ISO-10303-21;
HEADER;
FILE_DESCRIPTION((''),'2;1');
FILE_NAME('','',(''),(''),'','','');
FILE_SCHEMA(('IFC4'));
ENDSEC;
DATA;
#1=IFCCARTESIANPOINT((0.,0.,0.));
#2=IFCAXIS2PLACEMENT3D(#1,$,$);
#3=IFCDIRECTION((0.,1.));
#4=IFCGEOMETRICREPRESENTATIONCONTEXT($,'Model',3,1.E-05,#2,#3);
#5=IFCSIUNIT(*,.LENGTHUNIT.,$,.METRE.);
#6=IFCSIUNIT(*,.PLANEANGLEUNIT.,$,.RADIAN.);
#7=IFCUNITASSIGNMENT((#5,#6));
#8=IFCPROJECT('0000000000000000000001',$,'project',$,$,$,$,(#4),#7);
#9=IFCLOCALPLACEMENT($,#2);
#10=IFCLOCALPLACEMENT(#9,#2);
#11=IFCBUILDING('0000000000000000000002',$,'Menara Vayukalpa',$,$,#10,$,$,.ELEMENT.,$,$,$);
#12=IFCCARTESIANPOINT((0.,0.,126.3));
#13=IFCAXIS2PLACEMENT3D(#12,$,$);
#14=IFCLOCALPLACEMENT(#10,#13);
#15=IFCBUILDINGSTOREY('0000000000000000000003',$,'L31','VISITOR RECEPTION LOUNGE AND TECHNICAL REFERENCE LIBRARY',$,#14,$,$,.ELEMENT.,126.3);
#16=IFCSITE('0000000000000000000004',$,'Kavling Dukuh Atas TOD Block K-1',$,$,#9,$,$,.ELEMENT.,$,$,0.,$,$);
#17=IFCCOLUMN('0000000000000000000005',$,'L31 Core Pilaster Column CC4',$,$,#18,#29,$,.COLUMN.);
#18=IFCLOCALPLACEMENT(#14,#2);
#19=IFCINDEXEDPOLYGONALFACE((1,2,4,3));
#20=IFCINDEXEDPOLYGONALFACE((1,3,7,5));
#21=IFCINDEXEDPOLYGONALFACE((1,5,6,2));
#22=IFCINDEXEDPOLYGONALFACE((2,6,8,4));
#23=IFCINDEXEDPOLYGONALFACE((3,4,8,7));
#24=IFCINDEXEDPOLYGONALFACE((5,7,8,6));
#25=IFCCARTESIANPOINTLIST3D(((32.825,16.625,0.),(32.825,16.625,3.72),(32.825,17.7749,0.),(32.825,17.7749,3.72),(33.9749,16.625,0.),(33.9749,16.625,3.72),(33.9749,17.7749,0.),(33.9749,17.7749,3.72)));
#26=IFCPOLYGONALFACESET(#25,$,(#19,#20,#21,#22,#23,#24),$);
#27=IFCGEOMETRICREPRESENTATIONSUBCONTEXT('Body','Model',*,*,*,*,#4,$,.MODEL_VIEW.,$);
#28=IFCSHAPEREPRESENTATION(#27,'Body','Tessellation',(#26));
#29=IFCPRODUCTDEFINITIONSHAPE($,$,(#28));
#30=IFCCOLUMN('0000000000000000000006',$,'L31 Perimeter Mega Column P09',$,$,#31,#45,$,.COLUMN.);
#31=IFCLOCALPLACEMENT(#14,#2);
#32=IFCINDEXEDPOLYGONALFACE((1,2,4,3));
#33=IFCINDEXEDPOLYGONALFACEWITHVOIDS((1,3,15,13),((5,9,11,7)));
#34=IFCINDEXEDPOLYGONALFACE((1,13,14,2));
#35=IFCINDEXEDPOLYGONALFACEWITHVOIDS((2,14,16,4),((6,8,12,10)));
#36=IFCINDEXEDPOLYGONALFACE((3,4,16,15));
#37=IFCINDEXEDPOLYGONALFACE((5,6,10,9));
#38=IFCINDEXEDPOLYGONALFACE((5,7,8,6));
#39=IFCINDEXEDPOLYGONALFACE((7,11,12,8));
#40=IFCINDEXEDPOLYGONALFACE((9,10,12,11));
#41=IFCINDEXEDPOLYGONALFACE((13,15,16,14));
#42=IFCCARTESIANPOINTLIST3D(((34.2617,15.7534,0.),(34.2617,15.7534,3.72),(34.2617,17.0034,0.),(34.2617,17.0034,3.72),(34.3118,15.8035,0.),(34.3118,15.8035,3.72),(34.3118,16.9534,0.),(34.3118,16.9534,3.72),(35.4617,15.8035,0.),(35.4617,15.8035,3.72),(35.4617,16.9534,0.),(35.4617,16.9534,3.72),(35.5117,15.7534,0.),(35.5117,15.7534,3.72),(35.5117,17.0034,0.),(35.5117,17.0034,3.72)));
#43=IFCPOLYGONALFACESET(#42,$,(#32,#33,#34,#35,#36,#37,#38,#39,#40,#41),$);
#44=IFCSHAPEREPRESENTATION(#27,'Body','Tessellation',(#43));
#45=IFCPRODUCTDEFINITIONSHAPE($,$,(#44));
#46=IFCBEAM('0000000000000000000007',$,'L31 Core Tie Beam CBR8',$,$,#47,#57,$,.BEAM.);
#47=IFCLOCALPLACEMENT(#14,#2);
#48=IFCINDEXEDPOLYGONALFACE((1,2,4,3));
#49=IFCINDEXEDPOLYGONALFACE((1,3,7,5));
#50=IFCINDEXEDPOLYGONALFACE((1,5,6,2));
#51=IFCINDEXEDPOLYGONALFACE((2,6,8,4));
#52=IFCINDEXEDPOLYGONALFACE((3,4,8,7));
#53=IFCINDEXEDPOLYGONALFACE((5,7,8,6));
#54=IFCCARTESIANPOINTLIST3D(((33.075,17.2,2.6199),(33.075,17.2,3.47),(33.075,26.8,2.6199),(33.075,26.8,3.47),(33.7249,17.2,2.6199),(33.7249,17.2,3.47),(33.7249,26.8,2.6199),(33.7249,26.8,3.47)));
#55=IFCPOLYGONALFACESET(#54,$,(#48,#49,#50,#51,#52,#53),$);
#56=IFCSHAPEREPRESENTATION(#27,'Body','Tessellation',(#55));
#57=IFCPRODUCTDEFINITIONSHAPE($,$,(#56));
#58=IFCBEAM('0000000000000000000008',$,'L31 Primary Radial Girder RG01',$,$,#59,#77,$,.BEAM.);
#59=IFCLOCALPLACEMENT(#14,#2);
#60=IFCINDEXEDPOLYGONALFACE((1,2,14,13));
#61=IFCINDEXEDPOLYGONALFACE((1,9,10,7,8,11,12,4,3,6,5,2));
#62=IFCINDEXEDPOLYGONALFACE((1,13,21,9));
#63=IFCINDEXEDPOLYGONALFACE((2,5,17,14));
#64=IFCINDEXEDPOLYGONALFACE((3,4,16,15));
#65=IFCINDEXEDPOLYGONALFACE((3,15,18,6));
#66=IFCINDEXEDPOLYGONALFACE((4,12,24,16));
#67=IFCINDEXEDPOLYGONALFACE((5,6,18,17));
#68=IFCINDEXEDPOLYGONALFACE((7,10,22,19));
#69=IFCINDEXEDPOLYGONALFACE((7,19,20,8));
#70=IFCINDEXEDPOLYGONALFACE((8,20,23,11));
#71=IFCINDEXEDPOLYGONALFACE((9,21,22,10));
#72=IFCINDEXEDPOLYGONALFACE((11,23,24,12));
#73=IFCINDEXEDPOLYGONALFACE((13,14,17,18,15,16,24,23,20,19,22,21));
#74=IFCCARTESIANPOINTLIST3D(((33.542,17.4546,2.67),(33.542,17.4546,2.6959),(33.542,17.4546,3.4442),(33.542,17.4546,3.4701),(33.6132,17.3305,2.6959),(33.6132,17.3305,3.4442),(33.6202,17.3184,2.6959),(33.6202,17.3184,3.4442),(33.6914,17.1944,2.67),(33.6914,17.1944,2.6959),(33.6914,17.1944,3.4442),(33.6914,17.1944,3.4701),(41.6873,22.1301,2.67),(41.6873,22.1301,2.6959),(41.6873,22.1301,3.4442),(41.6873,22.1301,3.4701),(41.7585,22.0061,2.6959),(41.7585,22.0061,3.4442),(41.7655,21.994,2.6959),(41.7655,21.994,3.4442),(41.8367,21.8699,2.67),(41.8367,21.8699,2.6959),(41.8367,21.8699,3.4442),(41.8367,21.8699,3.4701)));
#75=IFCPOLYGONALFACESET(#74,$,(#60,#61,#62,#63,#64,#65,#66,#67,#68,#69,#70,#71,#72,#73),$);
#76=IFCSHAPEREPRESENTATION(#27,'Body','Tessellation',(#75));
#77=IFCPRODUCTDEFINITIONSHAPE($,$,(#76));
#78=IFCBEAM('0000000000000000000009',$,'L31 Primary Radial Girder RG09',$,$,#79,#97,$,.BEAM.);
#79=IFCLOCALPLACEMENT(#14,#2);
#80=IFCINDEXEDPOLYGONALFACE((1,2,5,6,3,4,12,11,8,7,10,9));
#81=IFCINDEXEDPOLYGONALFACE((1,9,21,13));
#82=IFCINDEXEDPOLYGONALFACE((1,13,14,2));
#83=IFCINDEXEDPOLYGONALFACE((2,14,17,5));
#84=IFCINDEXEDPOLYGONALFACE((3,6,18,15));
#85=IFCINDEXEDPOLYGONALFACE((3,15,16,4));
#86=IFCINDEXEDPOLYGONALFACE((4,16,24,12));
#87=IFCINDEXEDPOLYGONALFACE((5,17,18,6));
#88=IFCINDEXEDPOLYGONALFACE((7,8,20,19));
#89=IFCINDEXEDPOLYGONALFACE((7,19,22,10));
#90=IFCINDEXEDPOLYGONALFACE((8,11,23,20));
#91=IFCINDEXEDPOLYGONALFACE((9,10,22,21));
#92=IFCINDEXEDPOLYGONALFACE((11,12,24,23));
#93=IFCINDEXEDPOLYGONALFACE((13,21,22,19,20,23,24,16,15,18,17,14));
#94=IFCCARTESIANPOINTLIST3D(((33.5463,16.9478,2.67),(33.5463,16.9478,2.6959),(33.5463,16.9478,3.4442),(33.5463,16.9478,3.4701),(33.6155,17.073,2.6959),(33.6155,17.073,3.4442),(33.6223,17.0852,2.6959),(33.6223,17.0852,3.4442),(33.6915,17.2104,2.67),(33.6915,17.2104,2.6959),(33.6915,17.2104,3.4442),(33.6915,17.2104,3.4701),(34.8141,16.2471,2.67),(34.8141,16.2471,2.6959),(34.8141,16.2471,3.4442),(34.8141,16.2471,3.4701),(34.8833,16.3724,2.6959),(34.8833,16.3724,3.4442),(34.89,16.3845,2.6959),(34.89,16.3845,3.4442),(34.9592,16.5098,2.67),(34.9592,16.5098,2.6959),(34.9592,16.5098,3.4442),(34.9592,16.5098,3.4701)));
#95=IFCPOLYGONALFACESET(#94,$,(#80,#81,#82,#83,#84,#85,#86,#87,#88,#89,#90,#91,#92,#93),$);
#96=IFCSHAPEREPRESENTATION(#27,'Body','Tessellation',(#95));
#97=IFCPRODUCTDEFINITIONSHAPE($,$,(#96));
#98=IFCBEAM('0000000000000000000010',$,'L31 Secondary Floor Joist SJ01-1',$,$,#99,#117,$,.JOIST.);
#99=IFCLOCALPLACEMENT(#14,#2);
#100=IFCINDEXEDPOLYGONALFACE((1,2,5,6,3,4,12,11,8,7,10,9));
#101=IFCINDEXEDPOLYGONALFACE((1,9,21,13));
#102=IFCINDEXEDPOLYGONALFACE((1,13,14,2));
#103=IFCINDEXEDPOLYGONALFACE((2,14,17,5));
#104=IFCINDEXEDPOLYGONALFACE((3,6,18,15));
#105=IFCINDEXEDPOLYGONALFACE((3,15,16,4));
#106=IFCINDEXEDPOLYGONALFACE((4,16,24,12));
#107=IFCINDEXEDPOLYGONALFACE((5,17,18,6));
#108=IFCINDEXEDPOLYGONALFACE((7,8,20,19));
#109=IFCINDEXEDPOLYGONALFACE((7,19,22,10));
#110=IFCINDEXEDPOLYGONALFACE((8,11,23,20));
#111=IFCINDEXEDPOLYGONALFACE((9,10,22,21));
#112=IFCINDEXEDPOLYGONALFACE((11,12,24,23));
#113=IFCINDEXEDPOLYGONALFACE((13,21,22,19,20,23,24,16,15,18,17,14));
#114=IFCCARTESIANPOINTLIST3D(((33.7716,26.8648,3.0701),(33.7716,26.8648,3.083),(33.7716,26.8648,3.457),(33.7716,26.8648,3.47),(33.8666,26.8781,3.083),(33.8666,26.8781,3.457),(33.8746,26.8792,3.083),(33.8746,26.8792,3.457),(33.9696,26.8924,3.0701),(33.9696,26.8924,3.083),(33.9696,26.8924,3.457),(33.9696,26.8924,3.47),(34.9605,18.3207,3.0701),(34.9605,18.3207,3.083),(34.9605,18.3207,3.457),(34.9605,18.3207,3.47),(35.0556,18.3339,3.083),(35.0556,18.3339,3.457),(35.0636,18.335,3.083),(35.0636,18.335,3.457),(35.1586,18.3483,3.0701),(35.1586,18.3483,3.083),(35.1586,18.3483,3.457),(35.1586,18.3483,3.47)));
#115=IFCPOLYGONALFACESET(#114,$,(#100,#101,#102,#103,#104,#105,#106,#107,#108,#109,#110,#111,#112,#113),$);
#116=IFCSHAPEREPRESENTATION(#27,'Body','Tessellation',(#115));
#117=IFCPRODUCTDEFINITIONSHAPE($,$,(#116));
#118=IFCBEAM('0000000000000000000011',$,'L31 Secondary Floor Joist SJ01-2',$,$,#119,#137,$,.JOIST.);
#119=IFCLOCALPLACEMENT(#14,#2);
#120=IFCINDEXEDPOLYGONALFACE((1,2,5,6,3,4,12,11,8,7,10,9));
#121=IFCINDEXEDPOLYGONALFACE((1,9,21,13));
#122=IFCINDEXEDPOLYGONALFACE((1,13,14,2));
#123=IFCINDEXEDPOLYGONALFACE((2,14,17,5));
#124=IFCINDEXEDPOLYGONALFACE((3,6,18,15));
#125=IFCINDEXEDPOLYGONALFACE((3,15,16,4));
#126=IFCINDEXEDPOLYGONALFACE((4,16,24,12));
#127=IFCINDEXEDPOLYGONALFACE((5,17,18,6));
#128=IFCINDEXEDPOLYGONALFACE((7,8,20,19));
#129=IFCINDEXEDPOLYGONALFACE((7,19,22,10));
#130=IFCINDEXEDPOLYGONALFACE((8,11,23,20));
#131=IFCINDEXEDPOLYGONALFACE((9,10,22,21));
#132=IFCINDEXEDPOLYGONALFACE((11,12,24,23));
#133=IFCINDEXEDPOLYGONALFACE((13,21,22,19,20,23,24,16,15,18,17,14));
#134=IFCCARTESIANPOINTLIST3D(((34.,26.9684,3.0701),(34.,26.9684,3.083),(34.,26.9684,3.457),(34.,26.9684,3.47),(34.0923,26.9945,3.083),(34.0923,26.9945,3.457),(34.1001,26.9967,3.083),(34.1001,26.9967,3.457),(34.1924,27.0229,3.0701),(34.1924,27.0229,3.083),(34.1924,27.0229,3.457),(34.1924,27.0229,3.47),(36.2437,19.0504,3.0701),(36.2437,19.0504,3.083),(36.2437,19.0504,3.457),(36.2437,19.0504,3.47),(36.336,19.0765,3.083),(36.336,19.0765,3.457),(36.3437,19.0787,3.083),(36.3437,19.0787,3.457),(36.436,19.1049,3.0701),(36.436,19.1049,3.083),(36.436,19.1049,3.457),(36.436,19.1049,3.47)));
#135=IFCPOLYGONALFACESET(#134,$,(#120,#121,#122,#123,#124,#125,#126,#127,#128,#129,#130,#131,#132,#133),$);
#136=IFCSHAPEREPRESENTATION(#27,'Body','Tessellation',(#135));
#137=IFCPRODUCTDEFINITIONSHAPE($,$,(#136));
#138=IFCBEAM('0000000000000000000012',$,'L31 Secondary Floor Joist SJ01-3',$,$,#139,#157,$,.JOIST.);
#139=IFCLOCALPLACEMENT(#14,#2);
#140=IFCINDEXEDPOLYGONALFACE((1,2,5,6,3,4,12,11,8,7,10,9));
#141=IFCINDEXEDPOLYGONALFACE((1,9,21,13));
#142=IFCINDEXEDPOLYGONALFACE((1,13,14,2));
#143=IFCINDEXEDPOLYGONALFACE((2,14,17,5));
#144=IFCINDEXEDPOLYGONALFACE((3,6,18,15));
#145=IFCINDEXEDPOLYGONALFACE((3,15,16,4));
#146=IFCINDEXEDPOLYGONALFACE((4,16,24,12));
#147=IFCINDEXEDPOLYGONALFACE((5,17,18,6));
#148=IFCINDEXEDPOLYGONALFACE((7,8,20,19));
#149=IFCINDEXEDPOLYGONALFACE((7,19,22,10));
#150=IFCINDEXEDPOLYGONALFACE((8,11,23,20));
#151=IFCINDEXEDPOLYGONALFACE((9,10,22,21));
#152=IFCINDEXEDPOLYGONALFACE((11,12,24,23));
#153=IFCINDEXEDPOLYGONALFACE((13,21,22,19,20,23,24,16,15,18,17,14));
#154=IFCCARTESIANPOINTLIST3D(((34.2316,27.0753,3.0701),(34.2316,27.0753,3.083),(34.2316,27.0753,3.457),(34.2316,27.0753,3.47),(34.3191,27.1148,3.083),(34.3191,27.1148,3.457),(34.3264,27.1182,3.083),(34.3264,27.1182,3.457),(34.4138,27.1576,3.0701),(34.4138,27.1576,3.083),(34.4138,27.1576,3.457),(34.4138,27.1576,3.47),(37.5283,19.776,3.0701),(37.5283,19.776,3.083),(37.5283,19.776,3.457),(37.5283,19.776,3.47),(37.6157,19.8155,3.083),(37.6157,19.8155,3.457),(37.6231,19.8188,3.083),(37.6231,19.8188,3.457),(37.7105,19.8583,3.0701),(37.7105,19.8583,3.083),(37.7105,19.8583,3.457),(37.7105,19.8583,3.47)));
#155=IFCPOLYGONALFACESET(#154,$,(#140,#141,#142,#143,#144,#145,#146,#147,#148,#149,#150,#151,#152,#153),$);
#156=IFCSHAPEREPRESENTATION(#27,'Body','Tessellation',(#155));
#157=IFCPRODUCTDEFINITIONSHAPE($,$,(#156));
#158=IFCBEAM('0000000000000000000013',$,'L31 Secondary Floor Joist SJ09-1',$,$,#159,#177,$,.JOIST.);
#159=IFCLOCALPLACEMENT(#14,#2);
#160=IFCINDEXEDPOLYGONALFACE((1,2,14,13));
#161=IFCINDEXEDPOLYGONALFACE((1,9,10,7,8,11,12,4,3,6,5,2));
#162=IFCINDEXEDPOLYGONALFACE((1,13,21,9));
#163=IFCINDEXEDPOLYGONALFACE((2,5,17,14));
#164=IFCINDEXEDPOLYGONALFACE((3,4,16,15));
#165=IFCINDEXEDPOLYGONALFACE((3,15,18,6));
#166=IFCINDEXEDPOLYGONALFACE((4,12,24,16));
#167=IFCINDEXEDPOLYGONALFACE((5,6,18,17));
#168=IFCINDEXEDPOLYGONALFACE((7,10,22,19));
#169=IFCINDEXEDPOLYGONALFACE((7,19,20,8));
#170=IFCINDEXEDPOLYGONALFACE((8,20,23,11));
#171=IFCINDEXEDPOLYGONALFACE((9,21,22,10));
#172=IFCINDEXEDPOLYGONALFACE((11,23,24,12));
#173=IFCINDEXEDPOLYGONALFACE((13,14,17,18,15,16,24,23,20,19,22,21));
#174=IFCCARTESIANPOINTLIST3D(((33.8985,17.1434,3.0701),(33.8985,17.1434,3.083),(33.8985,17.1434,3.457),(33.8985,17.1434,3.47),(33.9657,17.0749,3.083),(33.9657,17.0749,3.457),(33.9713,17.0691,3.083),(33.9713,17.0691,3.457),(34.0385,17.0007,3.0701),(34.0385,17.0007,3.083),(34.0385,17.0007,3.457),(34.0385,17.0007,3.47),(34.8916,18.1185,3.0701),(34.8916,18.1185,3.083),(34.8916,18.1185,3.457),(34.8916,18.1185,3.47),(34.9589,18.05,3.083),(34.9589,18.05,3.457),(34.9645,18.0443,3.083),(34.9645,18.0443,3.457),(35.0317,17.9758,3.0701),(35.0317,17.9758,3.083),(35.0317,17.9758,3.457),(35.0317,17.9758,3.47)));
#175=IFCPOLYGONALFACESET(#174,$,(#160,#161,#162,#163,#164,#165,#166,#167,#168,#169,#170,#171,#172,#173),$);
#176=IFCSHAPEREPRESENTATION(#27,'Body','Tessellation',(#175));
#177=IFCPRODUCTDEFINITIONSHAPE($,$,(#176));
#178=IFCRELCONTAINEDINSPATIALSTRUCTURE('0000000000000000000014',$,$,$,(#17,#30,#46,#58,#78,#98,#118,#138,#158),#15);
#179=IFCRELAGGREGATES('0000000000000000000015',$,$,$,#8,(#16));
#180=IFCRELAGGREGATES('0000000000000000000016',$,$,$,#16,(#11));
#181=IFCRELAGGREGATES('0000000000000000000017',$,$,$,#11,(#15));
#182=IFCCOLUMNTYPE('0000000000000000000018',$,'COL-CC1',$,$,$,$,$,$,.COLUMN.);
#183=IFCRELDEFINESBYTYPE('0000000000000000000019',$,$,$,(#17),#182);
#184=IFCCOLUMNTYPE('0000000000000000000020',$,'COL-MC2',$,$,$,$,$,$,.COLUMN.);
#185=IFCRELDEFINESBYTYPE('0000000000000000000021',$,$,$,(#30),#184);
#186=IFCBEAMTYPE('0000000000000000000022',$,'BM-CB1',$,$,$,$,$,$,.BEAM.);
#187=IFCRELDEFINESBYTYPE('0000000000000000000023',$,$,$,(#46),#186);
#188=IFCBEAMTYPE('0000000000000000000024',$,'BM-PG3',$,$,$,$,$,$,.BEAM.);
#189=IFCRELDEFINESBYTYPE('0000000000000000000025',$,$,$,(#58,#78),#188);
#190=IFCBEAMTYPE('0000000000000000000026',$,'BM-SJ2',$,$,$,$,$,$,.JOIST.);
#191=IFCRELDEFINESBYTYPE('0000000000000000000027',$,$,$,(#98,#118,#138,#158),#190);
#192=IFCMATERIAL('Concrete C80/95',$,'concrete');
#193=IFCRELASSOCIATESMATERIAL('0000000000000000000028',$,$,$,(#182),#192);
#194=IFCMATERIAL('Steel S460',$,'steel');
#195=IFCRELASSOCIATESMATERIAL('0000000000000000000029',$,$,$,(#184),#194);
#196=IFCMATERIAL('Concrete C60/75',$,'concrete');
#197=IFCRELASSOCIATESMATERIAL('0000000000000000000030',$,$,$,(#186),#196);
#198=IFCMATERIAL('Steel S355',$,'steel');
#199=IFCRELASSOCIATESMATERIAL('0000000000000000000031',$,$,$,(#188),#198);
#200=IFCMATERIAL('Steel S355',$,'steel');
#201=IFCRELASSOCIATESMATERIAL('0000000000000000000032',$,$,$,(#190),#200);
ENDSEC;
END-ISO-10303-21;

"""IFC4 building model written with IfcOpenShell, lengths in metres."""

from ifc_helpers import new_model, si_unit, direction, frame, origin, origin_2d, place, context, subcontext, project, spatial, rectangle, hollow_rectangle, i_section, extrude, material, material_profile, profile_set, type_object, element, save


model = new_model("IFC4")

# Units and contexts
model_context = context("Model", 3, precision=1e-05, world=origin(), true_north=direction((0.0, 1.0)))
body_context = subcontext(model_context, "Body", "Model", "MODEL_VIEW")
ifc_project = project(units=[si_unit("LENGTHUNIT", "METRE"), si_unit("PLANEANGLEUNIT", "RADIAN")], contexts=[model_context])

# Site, building, storey
site_placement = place(None, origin())
site = spatial("IfcSite", under=ifc_project, at=site_placement, Name="Kavling Dukuh Atas TOD Block K-1", CompositionType="ELEMENT", RefElevation=0.0)
building_placement = place(site_placement, origin())
building = spatial("IfcBuilding", under=site, at=building_placement, Name="Menara Vayukalpa", CompositionType="ELEMENT")
storey_placement = place(building_placement, frame((0.0, 0.0, 126.3)))
storey = spatial("IfcBuildingStorey", under=building, at=storey_placement, Name="L31", Description="VISITOR RECEPTION LOUNGE AND TECHNICAL REFERENCE LIBRARY", CompositionType="ELEMENT", Elevation=126.3)

# Columns
ifc_material_1 = material(Name="Concrete C80/95", Category="concrete")
ifc_material_profile_1 = material_profile(ifc_material_1, rectangle(XDim=1.1499, YDim=1.1499, at=origin_2d()), Name="RC 1150x1150")
ifc_profile_set_1 = profile_set([ifc_material_profile_1], Name="Concrete C80/95")
column_type_1 = type_object("IfcColumnType", Name="COL-CC1", PredefinedType="COLUMN", material=ifc_profile_set_1)
column_1_placement = place(storey_placement, frame((33.3999, 17.2, 0.0), z_axis=(0.0, 0.0, 1.0), x_axis=(1.0, 0.0, 0.0)))
element("IfcColumn", 1, at=column_1_placement, inside=storey, type_object=column_type_1, Name="L31 Core Pilaster Column CC4", PredefinedType="COLUMN", context=body_context, shape_type="SweptSolid", body=[
    extrude(rectangle(XDim=1.1499, YDim=1.1499, at=origin_2d()), origin(), (0.0, 0.0, 1.0), 3.72),
])
ifc_material_2 = material(Name="Steel S460", Category="steel")
ifc_material_profile_2 = material_profile(ifc_material_2, hollow_rectangle(XDim=1.25, YDim=1.25, WallThickness=0.05, at=origin_2d()), Name="BOX 1250x1250x50")
ifc_profile_set_2 = profile_set([ifc_material_profile_2], Name="Steel S460")
column_type_2 = type_object("IfcColumnType", Name="COL-MC2", PredefinedType="COLUMN", material=ifc_profile_set_2)
column_2_placement = place(storey_placement, frame((34.8867, 16.3784, 0.0), z_axis=(0.0, 0.0, 1.0), x_axis=(1.0, 0.0, 0.0)))
element("IfcColumn", 2, at=column_2_placement, inside=storey, type_object=column_type_2, Name="L31 Perimeter Mega Column P09", PredefinedType="COLUMN", context=body_context, shape_type="SweptSolid", body=[
    extrude(hollow_rectangle(XDim=1.25, YDim=1.25, WallThickness=0.05, at=origin_2d()), origin(), (0.0, 0.0, 1.0), 3.72),
])

# Beams
ifc_material_3 = material(Name="Concrete C60/75", Category="concrete")
ifc_material_profile_3 = material_profile(ifc_material_3, rectangle(XDim=0.6499, YDim=0.8501, at=origin_2d()), Name="RC 650x850")
ifc_profile_set_3 = profile_set([ifc_material_profile_3], Name="Concrete C60/75")
beam_type_1 = type_object("IfcBeamType", Name="BM-CB1", PredefinedType="BEAM", material=ifc_profile_set_3)
beam_1_placement = place(storey_placement, frame((33.3999, 17.2, 3.0449), z_axis=(0.0, 1.0, 0.0), x_axis=(-1.0, 0.0, 0.0)))
element("IfcBeam", 3, at=beam_1_placement, inside=storey, type_object=beam_type_1, Name="L31 Core Tie Beam CBR8", PredefinedType="BEAM", context=body_context, shape_type="SweptSolid", body=[
    extrude(rectangle(XDim=0.6499, YDim=0.8501, at=origin_2d()), origin(), (0.0, 0.0, 1.0), 9.6001),
])
ifc_material_4 = material(Name="Steel S355", Category="steel")
ifc_material_profile_4 = material_profile(ifc_material_4, i_section(OverallWidth=0.3, OverallDepth=0.8, WebThickness=0.0139, FlangeThickness=0.0259, at=origin_2d()), Name="WF 800x300x14x26")
ifc_profile_set_4 = profile_set([ifc_material_profile_4], Name="Steel S355")
beam_type_2 = type_object("IfcBeamType", Name="BM-PG3", PredefinedType="BEAM", material=ifc_profile_set_4)
beam_2_placement = place(storey_placement, frame((33.6167, 17.3245, 3.0701), z_axis=(0.867274, 0.497832, 0.0), x_axis=(-0.497832, 0.867274, 0.0)))
element("IfcBeam", 4, at=beam_2_placement, inside=storey, type_object=beam_type_2, Name="L31 Primary Radial Girder RG01", PredefinedType="BEAM", context=body_context, shape_type="SweptSolid", body=[
    extrude(i_section(OverallWidth=0.3, OverallDepth=0.8, WebThickness=0.0139, FlangeThickness=0.0259, at=origin_2d()), origin(), (0.0, 0.0, 1.0), 9.3918),
])
beam_3_placement = place(storey_placement, frame((33.6189, 17.0791, 3.0701), z_axis=(0.875228, -0.48371, 0.0), x_axis=(0.48371, 0.875228, 0.0)))
element("IfcBeam", 5, at=beam_3_placement, inside=storey, type_object=beam_type_2, Name="L31 Primary Radial Girder RG09", PredefinedType="BEAM", context=body_context, shape_type="SweptSolid", body=[
    extrude(i_section(OverallWidth=0.3, OverallDepth=0.8, WebThickness=0.0139, FlangeThickness=0.0259, at=origin_2d()), origin(), (0.0, 0.0, 1.0), 1.4485),
])
ifc_material_5 = material(Name="Steel S355", Category="steel")
ifc_material_profile_5 = material_profile(ifc_material_5, i_section(OverallWidth=0.2, OverallDepth=0.3999, WebThickness=0.0081, FlangeThickness=0.0129, at=origin_2d()), Name="WF 400x200x8x13")
ifc_profile_set_5 = profile_set([ifc_material_profile_5], Name="Steel S355")
beam_type_3 = type_object("IfcBeamType", Name="BM-SJ2", PredefinedType="JOIST", material=ifc_profile_set_5)
beam_4_placement = place(storey_placement, frame((35.0596, 18.3345, 3.27), z_axis=(-0.137827, 0.990456, 0.0), x_axis=(-0.990456, -0.137827, 0.0)))
element("IfcBeam", 6, at=beam_4_placement, inside=storey, type_object=beam_type_3, Name="L31 Secondary Floor Joist SJ01-1", PredefinedType="JOIST", context=body_context, shape_type="SweptSolid", body=[
    extrude(i_section(OverallWidth=0.2, OverallDepth=0.3999, WebThickness=0.0081, FlangeThickness=0.0129, at=origin_2d()), origin(), (0.0, 0.0, 1.0), 8.6265),
])
beam_5_placement = place(storey_placement, frame((36.3398, 19.0776, 3.27), z_axis=(-0.272628, 0.962119, 0.0), x_axis=(-0.962119, -0.272628, 0.0)))
element("IfcBeam", 7, at=beam_5_placement, inside=storey, type_object=beam_type_3, Name="L31 Secondary Floor Joist SJ01-2", PredefinedType="JOIST", context=body_context, shape_type="SweptSolid", body=[
    extrude(i_section(OverallWidth=0.2, OverallDepth=0.3999, WebThickness=0.0081, FlangeThickness=0.0129, at=origin_2d()), origin(), (0.0, 0.0, 1.0), 8.2297),
])
beam_6_placement = place(storey_placement, frame((37.6194, 19.8171, 3.27), z_axis=(-0.411604, 0.911363, 0.0), x_axis=(-0.911363, -0.411604, 0.0)))
element("IfcBeam", 8, at=beam_6_placement, inside=storey, type_object=beam_type_3, Name="L31 Secondary Floor Joist SJ01-3", PredefinedType="JOIST", context=body_context, shape_type="SweptSolid", body=[
    extrude(i_section(OverallWidth=0.2, OverallDepth=0.3999, WebThickness=0.0081, FlangeThickness=0.0129, at=origin_2d()), origin(), (0.0, 0.0, 1.0), 8.0093),
])
beam_7_placement = place(storey_placement, frame((33.9685, 17.072, 3.27), z_axis=(0.713567, 0.700587, 0.0), x_axis=(-0.700587, 0.713567, 0.0)))
element("IfcBeam", 9, at=beam_7_placement, inside=storey, type_object=beam_type_3, Name="L31 Secondary Floor Joist SJ09-1", PredefinedType="JOIST", context=body_context, shape_type="SweptSolid", body=[
    extrude(i_section(OverallWidth=0.2, OverallDepth=0.3999, WebThickness=0.0081, FlangeThickness=0.0129, at=origin_2d()), origin(), (0.0, 0.0, 1.0), 1.3918),
])

save(model, "model.ifc")
